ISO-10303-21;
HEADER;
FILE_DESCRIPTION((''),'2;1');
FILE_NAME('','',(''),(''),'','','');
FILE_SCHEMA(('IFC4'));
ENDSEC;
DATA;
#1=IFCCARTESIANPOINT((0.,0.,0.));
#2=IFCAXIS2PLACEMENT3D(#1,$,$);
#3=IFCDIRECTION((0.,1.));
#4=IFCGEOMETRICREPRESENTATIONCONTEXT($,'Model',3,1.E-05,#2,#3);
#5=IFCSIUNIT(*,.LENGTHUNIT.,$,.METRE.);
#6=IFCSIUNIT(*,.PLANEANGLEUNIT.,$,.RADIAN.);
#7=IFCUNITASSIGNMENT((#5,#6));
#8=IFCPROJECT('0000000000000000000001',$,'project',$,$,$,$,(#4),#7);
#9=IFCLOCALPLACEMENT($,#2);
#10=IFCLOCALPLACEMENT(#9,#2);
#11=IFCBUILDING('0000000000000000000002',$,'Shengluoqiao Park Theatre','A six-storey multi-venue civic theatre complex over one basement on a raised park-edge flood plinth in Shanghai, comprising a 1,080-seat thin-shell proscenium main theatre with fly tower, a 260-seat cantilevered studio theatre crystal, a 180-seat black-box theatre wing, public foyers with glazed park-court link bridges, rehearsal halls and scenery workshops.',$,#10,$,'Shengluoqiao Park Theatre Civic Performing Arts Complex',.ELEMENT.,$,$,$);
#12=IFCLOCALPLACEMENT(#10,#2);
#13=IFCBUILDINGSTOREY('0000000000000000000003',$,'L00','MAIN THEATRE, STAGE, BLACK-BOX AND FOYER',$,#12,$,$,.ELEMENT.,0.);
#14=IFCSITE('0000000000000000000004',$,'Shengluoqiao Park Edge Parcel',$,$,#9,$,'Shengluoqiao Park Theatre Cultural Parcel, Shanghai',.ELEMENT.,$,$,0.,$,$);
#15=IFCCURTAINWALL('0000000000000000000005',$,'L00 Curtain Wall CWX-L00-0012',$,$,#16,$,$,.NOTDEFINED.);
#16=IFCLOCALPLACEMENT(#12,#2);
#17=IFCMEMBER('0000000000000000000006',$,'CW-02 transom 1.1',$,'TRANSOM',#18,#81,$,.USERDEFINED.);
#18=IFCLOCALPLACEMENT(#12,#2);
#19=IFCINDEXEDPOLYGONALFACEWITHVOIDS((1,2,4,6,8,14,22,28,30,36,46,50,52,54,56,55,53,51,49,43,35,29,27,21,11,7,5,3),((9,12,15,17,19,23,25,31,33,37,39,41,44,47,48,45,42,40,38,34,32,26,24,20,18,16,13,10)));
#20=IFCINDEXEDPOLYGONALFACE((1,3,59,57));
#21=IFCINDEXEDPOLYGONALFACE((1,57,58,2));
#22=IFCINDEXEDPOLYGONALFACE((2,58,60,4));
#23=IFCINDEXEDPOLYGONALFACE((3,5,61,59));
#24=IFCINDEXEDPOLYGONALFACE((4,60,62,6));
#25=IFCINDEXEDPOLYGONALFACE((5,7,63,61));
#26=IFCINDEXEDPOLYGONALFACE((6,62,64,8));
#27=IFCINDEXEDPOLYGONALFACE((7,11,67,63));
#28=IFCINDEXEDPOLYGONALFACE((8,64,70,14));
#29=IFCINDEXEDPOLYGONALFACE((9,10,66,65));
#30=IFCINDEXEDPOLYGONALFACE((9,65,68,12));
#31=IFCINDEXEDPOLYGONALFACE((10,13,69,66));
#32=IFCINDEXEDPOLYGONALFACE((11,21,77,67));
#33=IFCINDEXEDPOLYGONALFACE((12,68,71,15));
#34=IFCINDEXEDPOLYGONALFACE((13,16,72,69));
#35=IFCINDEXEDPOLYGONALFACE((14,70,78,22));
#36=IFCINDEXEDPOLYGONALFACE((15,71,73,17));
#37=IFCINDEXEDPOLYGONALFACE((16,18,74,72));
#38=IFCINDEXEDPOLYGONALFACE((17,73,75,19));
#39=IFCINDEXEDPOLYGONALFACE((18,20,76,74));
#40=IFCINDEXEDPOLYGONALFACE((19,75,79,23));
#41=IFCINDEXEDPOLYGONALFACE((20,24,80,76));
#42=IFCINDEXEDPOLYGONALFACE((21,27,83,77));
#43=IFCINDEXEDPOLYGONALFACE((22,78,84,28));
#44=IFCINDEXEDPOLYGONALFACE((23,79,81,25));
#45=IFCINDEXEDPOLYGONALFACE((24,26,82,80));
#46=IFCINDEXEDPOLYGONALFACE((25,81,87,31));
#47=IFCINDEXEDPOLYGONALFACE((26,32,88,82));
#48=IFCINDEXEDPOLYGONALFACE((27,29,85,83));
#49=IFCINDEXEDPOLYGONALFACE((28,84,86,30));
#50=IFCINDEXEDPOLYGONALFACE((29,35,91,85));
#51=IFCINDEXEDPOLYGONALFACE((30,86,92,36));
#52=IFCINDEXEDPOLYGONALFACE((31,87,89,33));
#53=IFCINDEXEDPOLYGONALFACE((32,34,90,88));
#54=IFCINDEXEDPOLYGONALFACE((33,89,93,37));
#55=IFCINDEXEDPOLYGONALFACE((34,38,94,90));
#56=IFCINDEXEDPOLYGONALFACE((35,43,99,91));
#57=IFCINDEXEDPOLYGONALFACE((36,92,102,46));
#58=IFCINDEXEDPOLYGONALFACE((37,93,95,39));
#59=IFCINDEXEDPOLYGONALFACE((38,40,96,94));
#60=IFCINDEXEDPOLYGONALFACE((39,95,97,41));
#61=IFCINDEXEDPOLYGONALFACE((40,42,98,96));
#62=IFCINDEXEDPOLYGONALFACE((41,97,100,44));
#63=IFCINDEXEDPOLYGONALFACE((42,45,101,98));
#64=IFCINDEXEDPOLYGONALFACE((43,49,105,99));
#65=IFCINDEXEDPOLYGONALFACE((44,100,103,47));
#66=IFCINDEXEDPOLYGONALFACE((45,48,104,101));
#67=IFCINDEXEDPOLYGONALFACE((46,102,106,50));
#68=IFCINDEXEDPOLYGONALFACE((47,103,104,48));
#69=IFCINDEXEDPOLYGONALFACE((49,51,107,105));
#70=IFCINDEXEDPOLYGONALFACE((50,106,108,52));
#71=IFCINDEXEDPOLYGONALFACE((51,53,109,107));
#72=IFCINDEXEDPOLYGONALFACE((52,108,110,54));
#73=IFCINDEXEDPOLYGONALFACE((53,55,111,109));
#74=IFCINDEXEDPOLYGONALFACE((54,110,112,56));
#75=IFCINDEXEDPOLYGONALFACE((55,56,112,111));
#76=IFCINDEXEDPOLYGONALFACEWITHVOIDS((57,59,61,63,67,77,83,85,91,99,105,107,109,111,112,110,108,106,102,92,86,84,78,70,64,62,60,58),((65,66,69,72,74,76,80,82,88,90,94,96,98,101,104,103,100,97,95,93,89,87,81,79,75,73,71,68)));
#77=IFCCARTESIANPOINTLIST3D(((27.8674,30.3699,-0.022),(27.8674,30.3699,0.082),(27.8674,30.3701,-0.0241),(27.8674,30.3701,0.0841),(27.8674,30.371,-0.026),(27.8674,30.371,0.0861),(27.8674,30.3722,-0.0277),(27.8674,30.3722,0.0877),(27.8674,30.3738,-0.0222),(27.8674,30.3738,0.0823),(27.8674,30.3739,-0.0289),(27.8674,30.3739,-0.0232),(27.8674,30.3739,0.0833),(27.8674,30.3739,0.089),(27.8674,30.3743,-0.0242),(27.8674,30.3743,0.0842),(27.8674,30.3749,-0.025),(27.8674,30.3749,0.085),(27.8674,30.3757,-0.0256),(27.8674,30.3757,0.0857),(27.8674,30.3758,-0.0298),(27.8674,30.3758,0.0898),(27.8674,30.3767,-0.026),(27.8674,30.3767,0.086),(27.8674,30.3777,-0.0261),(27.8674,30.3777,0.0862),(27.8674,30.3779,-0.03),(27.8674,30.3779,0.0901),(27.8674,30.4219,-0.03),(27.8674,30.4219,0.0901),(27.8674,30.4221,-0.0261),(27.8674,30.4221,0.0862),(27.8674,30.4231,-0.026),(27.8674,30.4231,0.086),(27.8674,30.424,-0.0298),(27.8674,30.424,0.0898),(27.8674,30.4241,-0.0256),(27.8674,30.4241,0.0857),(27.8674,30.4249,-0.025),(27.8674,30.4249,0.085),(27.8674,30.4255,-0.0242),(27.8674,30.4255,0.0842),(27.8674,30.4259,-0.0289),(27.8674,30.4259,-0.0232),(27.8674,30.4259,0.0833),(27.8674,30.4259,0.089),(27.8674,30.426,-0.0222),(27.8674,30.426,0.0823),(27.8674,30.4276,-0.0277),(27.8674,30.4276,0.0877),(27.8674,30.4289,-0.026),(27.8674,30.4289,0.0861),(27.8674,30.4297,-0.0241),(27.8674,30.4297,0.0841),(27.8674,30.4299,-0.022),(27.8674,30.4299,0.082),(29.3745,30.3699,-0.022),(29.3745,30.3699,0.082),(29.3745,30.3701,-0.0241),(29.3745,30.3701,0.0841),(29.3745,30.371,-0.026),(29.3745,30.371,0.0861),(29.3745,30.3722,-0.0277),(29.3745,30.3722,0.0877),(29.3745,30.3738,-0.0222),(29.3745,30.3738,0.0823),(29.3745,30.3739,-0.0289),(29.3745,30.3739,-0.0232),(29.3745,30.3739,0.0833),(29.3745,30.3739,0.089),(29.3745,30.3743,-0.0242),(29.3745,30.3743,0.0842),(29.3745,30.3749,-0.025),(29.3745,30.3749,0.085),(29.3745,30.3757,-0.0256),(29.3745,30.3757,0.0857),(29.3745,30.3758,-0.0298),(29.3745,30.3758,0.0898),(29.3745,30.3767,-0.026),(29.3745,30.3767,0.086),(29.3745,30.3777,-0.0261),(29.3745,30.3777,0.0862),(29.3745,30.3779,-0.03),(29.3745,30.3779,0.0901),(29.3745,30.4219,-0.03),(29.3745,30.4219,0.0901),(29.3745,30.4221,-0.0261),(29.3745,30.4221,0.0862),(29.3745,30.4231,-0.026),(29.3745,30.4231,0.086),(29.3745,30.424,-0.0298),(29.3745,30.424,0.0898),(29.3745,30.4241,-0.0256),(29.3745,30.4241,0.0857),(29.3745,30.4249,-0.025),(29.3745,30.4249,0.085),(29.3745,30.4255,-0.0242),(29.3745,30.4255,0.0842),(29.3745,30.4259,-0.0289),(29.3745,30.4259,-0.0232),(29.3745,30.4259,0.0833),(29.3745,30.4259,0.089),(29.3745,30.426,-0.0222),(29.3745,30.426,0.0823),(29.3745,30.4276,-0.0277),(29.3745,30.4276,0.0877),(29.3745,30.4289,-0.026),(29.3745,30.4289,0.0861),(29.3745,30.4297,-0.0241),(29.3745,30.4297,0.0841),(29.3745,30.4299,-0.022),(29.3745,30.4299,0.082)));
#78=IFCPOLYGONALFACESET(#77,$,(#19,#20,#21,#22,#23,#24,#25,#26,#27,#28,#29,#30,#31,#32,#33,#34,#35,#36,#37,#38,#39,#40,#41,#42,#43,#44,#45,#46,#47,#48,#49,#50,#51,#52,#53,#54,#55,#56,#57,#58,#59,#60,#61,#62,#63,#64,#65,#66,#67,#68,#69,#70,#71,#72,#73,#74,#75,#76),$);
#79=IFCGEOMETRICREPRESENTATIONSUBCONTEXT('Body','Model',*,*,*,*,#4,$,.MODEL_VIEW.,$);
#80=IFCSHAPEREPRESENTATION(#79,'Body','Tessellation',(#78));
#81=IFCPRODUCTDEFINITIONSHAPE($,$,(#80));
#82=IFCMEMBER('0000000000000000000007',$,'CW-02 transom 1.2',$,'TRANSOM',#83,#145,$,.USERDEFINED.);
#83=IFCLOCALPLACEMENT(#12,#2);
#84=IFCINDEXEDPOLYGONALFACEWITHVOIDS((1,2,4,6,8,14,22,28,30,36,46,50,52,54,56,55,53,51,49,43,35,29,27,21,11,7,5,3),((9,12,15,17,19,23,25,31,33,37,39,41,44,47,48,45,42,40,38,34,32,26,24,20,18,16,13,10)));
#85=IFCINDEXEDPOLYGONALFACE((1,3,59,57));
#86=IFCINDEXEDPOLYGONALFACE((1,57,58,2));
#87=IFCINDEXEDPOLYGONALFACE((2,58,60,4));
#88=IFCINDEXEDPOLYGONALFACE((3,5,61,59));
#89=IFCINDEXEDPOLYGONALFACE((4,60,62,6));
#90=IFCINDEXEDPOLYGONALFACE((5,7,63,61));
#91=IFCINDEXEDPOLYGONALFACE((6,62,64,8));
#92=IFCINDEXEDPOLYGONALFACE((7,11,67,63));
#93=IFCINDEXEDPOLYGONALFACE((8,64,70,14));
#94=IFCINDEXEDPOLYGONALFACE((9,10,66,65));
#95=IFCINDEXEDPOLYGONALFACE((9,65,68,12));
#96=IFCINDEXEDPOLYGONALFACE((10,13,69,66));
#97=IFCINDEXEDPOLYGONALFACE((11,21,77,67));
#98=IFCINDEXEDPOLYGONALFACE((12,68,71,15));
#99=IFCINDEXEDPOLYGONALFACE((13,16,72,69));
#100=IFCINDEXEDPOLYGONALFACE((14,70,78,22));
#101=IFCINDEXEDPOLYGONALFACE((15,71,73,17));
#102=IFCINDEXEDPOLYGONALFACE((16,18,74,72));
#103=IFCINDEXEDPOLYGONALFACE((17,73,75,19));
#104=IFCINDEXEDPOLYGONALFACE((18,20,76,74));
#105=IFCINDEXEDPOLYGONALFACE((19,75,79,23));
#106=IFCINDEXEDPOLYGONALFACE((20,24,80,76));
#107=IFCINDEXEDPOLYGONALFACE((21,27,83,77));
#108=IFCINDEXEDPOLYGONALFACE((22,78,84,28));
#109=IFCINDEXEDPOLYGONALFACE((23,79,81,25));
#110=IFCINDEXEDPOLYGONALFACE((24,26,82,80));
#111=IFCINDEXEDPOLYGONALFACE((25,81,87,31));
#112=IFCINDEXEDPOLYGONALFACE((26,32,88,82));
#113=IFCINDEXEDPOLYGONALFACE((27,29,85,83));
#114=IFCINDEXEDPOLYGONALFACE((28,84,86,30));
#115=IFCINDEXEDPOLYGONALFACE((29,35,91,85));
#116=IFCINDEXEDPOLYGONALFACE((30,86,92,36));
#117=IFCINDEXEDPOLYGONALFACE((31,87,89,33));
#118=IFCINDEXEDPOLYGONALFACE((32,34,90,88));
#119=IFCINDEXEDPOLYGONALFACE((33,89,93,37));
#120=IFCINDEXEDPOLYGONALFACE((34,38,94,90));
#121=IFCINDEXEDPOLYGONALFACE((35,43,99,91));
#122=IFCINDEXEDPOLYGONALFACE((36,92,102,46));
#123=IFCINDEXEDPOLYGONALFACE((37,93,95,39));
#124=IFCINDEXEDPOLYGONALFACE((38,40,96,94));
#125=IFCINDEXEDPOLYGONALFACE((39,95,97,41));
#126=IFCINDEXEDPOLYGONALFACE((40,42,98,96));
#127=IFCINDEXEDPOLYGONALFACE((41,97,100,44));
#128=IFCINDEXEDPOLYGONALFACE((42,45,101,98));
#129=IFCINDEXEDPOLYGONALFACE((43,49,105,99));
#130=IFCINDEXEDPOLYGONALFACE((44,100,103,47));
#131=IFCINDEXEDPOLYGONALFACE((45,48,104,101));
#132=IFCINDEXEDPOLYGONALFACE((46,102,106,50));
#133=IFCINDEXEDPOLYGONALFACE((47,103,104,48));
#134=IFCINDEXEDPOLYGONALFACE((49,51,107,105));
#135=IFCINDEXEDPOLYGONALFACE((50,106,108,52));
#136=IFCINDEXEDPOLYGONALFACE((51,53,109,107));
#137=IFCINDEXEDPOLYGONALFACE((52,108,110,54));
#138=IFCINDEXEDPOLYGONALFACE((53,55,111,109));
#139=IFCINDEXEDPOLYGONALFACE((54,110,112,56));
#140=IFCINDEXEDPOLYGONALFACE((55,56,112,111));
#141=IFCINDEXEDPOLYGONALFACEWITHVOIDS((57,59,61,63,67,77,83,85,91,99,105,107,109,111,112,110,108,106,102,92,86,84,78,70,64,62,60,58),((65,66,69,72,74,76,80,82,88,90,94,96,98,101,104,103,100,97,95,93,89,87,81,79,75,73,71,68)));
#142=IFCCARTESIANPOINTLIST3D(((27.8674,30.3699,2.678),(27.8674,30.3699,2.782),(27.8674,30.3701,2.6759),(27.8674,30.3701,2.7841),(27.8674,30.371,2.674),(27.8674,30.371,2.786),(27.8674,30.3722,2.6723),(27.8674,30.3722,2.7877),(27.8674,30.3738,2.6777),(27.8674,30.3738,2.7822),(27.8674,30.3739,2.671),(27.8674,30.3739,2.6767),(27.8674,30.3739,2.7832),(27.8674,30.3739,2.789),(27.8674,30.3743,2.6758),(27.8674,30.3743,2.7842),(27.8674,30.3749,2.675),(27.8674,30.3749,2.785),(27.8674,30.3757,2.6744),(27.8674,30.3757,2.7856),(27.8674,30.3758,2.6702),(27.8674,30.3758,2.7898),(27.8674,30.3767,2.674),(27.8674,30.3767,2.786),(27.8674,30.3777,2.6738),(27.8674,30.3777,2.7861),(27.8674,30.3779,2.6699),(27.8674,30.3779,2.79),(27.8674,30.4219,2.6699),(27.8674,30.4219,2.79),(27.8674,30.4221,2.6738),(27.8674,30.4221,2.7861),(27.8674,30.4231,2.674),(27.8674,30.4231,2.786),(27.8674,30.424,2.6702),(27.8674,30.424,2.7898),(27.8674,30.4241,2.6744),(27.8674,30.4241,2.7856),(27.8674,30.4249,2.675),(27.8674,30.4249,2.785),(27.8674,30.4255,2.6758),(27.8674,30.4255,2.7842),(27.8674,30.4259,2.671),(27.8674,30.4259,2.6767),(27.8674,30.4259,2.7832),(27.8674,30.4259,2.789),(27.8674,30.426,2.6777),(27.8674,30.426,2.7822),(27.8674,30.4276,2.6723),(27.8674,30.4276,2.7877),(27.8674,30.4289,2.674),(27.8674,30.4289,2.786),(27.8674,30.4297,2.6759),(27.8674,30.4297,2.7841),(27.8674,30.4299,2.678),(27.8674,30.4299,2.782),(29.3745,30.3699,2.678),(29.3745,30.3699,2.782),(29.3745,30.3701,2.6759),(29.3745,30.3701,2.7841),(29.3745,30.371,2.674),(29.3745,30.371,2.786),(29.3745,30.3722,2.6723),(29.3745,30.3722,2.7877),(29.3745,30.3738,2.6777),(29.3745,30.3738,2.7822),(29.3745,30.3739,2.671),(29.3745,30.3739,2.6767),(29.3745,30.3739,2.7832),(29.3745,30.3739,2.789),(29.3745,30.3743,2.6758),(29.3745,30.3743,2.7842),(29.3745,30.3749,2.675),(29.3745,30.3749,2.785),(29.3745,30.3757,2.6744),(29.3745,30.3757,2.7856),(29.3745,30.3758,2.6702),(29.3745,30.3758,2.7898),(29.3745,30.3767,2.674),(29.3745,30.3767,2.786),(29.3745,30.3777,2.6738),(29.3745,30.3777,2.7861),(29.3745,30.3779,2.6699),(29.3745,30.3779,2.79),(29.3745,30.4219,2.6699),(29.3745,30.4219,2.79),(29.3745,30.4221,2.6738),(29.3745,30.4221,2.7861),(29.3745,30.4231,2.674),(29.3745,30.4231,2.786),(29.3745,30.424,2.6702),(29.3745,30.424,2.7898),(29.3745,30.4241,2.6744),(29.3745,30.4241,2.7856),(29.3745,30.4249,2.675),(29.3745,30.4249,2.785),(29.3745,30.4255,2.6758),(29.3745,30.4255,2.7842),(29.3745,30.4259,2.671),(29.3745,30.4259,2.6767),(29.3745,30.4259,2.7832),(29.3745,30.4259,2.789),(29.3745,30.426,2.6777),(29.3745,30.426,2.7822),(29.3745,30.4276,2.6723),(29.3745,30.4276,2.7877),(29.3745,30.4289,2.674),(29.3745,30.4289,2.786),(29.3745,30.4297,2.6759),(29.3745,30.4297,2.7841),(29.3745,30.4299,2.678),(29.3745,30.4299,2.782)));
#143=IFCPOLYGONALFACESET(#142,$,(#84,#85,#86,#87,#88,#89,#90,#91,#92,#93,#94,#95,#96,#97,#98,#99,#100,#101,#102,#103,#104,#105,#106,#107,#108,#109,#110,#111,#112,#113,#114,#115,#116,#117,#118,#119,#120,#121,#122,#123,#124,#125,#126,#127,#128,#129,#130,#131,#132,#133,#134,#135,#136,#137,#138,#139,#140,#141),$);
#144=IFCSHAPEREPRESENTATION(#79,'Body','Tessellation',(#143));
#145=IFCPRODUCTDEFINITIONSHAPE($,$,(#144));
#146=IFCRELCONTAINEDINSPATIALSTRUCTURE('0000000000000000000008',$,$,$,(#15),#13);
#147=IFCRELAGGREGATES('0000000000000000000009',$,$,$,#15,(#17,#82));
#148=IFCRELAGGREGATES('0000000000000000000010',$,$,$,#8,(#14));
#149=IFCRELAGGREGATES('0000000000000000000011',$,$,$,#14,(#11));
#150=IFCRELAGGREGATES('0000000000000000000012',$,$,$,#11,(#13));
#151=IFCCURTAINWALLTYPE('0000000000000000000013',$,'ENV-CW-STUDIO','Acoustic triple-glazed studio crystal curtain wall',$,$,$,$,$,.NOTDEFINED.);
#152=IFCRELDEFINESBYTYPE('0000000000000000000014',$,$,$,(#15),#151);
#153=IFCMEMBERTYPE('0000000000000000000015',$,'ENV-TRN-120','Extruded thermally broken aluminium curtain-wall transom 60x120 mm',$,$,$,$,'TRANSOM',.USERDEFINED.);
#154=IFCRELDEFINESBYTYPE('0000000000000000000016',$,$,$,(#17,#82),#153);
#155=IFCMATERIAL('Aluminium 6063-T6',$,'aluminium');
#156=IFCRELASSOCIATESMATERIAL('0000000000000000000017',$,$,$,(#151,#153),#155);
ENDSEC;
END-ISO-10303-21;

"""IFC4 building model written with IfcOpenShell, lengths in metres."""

from ifc_helpers import new_model, si_unit, direction, frame, origin, origin_2d, place, context, subcontext, project, spatial, hollow_rectangle, extrude, material, material_profile, profile_set, type_object, element, aggregate, save


model = new_model("IFC4")

# Units and contexts
model_context = context("Model", 3, precision=1e-05, world=origin(), true_north=direction((0.0, 1.0)))
body_context = subcontext(model_context, "Body", "Model", "MODEL_VIEW")
ifc_project = project(units=[si_unit("LENGTHUNIT", "METRE"), si_unit("PLANEANGLEUNIT", "RADIAN")], contexts=[model_context])

# Site, building, storey
site_placement = place(None, origin())
site = spatial("IfcSite", under=ifc_project, at=site_placement, Name="Shengluoqiao Park Edge Parcel", LongName="Shengluoqiao Park Theatre Cultural Parcel, Shanghai", CompositionType="ELEMENT", RefElevation=0.0)
building_placement = place(site_placement, origin())
building = spatial("IfcBuilding", under=site, at=building_placement, Name="Shengluoqiao Park Theatre", Description="A six-storey multi-venue civic theatre complex over one basement on a raised park-edge flood plinth in Shanghai, comprising a 1,080-seat thin-shell proscenium main theatre with fly tower, a 260-seat cantilevered studio theatre crystal, a 180-seat black-box theatre wing, public foyers with glazed park-court link bridges, rehearsal halls and scenery workshops.", LongName="Shengluoqiao Park Theatre Civic Performing Arts Complex", CompositionType="ELEMENT")
storey_placement = place(building_placement, origin())
storey = spatial("IfcBuildingStorey", under=building, at=storey_placement, Name="L00", Description="MAIN THEATRE, STAGE, BLACK-BOX AND FOYER", CompositionType="ELEMENT", Elevation=0.0)

# Curtain wall
ifc_material_1 = material(Name="Aluminium 6063-T6", Category="aluminium")
curtain_wall_type_1 = type_object("IfcCurtainWallType", Name="ENV-CW-STUDIO", Description="Acoustic triple-glazed studio crystal curtain wall", PredefinedType="NOTDEFINED", material=ifc_material_1)
curtain_wall_1_placement = place(storey_placement, origin())
curtain_wall_1 = element("IfcCurtainWall", 1, at=curtain_wall_1_placement, inside=storey, type_object=curtain_wall_type_1, Name="L00 Curtain Wall CWX-L00-0012", PredefinedType="NOTDEFINED")

# Members
ifc_material_profile_1 = material_profile(ifc_material_1, hollow_rectangle(XDim=0.0601, YDim=0.1201, WallThickness=0.0039, InnerFilletRadius=0.0039, OuterFilletRadius=0.0081, at=origin_2d()), Name="ALU TRANSOM 120x60x4")
ifc_profile_set_1 = profile_set([ifc_material_profile_1], Name="Aluminium 6063-T6")
member_type_1 = type_object("IfcMemberType", Name="ENV-TRN-120", Description="Extruded thermally broken aluminium curtain-wall transom 60x120 mm", ElementType="TRANSOM", PredefinedType="USERDEFINED", material=ifc_profile_set_1)
member_1_placement = place(storey_placement, frame((27.8674, 30.3999, 0.03), z_axis=(1.0, 0.0, 0.0), x_axis=(0.0, 1.0, 0.0)))
member_1 = element("IfcMember", 2, at=member_1_placement, type_object=member_type_1, Name="CW-02 transom 1.1", ObjectType="TRANSOM", PredefinedType="USERDEFINED", context=body_context, shape_type="SweptSolid", body=[
    extrude(hollow_rectangle(XDim=0.0601, YDim=0.1201, WallThickness=0.0039, InnerFilletRadius=0.0039, OuterFilletRadius=0.0081, at=origin_2d()), origin(), (0.0, 0.0, 1.0), 1.5071),
])
member_2_placement = place(storey_placement, frame((27.8674, 30.3999, 2.73), z_axis=(1.0, 0.0, 0.0), x_axis=(0.0, 1.0, 0.0)))
member_2 = element("IfcMember", 3, at=member_2_placement, type_object=member_type_1, Name="CW-02 transom 1.2", ObjectType="TRANSOM", PredefinedType="USERDEFINED", context=body_context, shape_type="SweptSolid", body=[
    extrude(hollow_rectangle(XDim=0.0601, YDim=0.1201, WallThickness=0.0039, InnerFilletRadius=0.0039, OuterFilletRadius=0.0081, at=origin_2d()), origin(), (0.0, 0.0, 1.0), 1.5071),
])

aggregate(curtain_wall_1, [member_1, member_2])

save(model, "model.ifc")
